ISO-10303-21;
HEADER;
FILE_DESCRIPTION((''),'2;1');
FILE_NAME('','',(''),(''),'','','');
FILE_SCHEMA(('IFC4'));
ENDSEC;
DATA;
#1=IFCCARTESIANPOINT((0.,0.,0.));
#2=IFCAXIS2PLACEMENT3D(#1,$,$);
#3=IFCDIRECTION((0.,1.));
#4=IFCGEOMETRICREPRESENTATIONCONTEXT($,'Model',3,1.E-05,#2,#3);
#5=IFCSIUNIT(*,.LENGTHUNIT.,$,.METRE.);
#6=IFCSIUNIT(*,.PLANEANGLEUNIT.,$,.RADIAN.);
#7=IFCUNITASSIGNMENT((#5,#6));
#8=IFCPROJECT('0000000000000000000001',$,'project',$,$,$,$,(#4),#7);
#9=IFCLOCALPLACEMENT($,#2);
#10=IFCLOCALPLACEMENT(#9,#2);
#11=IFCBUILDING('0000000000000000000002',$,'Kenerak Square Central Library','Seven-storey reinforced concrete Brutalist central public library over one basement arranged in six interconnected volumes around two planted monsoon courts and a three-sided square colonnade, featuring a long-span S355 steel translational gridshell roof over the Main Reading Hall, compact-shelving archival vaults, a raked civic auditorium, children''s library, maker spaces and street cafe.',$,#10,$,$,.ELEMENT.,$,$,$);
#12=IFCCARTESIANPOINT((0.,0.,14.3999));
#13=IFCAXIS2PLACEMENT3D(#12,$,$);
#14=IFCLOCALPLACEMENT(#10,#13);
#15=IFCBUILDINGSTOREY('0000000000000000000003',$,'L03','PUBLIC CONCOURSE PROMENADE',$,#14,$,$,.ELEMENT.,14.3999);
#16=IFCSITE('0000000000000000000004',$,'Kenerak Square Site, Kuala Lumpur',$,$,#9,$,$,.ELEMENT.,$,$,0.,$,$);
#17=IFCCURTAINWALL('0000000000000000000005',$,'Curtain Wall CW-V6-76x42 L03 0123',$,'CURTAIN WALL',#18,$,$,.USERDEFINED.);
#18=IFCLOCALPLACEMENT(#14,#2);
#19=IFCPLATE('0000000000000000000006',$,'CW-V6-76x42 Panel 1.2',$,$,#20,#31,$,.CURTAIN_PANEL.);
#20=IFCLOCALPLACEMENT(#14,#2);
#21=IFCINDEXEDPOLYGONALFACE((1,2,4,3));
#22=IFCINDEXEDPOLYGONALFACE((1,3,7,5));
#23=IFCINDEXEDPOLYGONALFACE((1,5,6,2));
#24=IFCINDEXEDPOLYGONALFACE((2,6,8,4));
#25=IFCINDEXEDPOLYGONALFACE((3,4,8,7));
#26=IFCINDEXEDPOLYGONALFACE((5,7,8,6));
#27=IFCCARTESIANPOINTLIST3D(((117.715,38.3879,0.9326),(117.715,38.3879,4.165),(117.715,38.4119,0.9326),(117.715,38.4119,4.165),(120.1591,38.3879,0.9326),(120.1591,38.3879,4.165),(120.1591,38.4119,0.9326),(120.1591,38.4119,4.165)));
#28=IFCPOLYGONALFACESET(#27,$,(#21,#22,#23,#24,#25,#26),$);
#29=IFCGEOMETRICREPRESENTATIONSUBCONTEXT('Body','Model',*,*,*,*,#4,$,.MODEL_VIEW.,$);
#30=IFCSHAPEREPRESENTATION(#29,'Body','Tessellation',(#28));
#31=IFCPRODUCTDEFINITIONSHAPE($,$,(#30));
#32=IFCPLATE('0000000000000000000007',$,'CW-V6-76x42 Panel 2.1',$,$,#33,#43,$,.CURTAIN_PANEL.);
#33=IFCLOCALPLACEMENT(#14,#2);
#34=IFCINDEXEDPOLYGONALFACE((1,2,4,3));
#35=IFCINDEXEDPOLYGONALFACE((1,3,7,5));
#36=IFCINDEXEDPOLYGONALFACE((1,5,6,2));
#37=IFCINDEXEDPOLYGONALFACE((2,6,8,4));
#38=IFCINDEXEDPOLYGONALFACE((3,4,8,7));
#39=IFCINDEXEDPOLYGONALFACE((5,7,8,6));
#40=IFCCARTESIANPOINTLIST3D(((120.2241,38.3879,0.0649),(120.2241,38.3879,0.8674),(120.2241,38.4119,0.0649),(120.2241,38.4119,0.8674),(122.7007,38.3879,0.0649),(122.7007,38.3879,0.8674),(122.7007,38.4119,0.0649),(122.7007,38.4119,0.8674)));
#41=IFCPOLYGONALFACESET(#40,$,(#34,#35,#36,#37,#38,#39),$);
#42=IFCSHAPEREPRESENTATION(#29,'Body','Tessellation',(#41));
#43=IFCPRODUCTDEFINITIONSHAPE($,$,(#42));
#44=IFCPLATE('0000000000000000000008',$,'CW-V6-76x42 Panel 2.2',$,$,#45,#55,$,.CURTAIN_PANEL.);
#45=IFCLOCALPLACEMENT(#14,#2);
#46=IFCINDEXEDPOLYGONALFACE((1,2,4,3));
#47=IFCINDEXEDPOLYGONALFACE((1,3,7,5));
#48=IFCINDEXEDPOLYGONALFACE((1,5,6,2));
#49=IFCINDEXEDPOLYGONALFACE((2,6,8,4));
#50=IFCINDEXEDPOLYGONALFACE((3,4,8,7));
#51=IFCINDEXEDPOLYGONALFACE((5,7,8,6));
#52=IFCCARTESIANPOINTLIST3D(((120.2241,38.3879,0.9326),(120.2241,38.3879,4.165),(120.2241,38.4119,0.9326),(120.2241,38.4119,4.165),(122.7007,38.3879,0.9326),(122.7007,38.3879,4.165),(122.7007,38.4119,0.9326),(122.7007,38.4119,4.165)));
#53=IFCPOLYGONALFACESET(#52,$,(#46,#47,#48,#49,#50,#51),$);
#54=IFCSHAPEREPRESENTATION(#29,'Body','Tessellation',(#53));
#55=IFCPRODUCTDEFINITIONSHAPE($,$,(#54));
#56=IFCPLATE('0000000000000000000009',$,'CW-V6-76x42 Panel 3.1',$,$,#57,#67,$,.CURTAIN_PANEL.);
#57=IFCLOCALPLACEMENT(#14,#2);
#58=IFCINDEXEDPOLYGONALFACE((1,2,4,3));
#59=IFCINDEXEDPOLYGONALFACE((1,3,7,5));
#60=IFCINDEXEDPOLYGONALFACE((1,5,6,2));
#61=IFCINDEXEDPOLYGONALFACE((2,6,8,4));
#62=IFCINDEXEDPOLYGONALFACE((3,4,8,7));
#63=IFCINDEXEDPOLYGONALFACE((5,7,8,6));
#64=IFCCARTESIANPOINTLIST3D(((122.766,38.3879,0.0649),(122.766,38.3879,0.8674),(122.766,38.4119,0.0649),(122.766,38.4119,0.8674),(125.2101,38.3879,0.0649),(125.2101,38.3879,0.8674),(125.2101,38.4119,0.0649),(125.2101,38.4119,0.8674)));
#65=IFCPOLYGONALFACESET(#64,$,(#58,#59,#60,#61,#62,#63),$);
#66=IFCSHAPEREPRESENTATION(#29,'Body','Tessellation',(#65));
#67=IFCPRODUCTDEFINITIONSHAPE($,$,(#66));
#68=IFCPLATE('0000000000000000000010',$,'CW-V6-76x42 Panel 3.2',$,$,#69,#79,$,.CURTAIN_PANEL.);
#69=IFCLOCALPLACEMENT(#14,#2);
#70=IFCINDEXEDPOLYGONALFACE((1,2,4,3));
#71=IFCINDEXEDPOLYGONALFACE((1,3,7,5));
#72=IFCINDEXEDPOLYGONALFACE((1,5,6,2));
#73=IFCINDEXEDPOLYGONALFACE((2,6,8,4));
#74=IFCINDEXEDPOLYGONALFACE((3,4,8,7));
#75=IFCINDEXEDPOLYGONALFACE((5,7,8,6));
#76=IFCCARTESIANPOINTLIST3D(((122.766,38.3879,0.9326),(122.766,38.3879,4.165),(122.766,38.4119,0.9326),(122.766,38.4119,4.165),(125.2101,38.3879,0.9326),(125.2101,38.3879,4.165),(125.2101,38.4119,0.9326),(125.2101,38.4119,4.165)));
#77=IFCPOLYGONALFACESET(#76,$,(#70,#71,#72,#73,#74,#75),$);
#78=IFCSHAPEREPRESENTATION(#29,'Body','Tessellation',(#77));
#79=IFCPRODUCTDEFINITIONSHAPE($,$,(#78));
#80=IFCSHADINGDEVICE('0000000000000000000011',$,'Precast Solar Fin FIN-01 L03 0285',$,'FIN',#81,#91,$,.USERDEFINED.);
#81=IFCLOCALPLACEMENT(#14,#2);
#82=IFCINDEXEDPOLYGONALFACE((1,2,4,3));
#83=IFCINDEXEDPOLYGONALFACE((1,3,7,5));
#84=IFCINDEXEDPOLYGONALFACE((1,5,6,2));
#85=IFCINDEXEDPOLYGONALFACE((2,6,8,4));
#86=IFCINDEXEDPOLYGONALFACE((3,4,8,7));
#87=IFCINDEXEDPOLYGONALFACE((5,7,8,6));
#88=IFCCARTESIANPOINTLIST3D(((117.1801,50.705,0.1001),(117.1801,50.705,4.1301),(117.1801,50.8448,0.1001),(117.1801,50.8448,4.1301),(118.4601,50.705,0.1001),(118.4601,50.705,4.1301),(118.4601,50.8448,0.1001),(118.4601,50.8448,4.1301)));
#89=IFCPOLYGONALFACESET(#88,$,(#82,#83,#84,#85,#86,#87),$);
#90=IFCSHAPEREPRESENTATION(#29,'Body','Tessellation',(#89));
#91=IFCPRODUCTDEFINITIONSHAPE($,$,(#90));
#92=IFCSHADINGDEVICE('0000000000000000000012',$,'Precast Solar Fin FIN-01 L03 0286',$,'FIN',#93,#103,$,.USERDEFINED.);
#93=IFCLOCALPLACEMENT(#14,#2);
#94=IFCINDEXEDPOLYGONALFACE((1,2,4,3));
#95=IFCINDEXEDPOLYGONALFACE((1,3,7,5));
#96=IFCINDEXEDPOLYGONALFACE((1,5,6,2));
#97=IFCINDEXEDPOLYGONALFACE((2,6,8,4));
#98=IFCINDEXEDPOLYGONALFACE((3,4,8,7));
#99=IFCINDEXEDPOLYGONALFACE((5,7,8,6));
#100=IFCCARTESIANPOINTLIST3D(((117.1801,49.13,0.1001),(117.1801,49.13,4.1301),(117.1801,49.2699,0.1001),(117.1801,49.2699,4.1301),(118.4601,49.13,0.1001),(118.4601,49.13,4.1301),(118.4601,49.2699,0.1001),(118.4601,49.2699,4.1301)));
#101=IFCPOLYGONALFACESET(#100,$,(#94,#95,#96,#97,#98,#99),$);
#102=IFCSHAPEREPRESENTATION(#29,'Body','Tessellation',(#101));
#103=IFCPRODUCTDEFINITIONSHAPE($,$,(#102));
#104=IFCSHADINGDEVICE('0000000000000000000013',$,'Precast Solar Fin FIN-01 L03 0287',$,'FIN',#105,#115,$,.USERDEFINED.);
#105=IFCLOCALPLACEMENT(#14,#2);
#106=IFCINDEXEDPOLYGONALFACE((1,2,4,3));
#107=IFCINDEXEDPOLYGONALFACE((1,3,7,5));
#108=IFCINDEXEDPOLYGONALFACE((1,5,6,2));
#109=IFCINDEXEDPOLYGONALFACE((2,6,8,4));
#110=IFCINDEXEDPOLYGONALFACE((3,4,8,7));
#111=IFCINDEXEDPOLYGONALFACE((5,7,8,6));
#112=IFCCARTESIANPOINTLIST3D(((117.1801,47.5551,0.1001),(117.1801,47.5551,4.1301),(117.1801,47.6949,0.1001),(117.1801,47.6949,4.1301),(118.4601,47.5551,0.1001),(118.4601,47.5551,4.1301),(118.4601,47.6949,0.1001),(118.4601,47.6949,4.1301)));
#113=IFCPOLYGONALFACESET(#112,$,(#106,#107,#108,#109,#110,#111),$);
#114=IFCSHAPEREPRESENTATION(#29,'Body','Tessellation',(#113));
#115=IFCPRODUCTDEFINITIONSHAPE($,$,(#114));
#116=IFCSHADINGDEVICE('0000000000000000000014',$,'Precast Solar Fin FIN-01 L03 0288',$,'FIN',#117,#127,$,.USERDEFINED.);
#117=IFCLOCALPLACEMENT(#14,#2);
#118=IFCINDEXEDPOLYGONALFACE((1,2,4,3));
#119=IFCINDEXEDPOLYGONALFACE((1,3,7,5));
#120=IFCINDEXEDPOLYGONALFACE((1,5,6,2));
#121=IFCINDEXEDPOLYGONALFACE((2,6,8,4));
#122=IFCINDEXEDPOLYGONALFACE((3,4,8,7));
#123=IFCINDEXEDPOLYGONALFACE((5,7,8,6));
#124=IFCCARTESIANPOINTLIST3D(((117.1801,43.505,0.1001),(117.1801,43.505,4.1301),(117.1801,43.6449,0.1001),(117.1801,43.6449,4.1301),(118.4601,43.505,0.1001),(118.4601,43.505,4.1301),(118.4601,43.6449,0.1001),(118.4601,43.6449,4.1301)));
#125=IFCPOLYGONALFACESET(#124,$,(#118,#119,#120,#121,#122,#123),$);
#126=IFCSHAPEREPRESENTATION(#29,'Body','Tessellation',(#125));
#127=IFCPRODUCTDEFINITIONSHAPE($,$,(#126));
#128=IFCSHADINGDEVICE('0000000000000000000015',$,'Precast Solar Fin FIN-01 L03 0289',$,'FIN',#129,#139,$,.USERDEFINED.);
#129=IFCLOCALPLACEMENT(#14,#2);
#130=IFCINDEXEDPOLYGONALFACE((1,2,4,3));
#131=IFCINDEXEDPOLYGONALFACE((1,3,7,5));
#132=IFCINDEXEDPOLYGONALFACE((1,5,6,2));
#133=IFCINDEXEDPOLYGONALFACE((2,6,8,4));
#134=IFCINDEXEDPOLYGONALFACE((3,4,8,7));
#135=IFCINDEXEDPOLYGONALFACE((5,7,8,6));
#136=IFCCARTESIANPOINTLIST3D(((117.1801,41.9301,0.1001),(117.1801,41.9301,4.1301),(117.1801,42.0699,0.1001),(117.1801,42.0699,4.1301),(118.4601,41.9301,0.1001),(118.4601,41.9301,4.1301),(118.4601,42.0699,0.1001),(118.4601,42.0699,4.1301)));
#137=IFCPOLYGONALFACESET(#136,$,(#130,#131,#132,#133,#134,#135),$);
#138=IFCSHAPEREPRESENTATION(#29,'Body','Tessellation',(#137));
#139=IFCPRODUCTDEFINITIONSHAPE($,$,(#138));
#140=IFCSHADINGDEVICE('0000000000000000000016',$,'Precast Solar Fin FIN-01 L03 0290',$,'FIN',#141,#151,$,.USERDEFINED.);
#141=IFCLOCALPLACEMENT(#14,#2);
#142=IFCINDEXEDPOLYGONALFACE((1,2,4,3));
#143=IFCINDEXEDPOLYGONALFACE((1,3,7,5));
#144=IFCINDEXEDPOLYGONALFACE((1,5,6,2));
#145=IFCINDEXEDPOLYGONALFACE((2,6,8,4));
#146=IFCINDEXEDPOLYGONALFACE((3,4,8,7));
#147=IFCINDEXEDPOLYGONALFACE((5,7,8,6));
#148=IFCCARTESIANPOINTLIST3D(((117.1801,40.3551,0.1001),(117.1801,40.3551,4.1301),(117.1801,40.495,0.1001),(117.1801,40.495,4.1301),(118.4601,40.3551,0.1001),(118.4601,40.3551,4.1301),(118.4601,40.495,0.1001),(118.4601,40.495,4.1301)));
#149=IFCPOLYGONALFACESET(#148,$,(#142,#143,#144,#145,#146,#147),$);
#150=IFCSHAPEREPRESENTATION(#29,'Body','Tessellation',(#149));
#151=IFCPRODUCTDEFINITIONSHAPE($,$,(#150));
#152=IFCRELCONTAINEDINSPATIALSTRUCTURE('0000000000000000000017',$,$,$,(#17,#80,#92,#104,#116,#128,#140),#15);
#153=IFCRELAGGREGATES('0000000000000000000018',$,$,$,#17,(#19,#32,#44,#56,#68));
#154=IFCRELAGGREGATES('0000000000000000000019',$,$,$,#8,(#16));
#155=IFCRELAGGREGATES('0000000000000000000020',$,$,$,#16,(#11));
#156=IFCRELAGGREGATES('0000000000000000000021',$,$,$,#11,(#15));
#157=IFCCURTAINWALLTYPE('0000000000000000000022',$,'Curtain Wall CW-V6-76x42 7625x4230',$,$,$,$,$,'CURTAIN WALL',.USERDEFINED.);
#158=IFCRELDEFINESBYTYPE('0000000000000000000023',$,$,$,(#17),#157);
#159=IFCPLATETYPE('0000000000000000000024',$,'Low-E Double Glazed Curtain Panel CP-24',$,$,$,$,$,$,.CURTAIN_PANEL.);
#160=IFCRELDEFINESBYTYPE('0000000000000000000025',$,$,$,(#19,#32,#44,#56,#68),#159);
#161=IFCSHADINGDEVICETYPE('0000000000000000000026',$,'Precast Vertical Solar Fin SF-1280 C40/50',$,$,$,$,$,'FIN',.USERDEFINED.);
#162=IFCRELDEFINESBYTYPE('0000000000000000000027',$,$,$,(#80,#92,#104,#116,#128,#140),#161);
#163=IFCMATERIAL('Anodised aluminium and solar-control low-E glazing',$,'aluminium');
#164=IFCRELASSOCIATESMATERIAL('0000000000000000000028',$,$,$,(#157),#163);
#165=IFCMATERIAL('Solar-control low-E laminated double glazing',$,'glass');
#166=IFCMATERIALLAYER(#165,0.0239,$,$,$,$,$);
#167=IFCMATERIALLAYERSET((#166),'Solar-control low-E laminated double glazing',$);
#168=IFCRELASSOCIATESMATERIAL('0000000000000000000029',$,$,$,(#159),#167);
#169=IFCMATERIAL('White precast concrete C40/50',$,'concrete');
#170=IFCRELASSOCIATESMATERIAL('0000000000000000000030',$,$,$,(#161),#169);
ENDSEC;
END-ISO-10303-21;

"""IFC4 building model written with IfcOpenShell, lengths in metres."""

from ifc_helpers import new_model, si_unit, direction, frame, origin, origin_2d, place, context, subcontext, project, spatial, rectangle, extrude, material, layer, layer_set, type_object, element, aggregate, save


model = new_model("IFC4")

# Units and contexts
model_context = context("Model", 3, precision=1e-05, world=origin(), true_north=direction((0.0, 1.0)))
body_context = subcontext(model_context, "Body", "Model", "MODEL_VIEW")
ifc_project = project(units=[si_unit("LENGTHUNIT", "METRE"), si_unit("PLANEANGLEUNIT", "RADIAN")], contexts=[model_context])

# Site, building, storey
site_placement = place(None, origin())
site = spatial("IfcSite", under=ifc_project, at=site_placement, Name="Kenerak Square Site, Kuala Lumpur", CompositionType="ELEMENT", RefElevation=0.0)
building_placement = place(site_placement, origin())
building = spatial("IfcBuilding", under=site, at=building_placement, Name="Kenerak Square Central Library", Description="Seven-storey reinforced concrete Brutalist central public library over one basement arranged in six interconnected volumes around two planted monsoon courts and a three-sided square colonnade, featuring a long-span S355 steel translational gridshell roof over the Main Reading Hall, compact-shelving archival vaults, a raked civic auditorium, children's library, maker spaces and street cafe.", CompositionType="ELEMENT")
storey_placement = place(building_placement, frame((0.0, 0.0, 14.3999)))
storey = spatial("IfcBuildingStorey", under=building, at=storey_placement, Name="L03", Description="PUBLIC CONCOURSE PROMENADE", CompositionType="ELEMENT", Elevation=14.3999)

# Curtain wall, plates
ifc_material_1 = material(Name="Anodised aluminium and solar-control low-E glazing", Category="aluminium")
curtain_wall_type = type_object("IfcCurtainWallType", Name="Curtain Wall CW-V6-76x42 7625x4230", ElementType="CURTAIN WALL", PredefinedType="USERDEFINED", material=ifc_material_1)
curtain_wall_placement = place(storey_placement, origin())
curtain_wall = element("IfcCurtainWall", 1, at=curtain_wall_placement, inside=storey, type_object=curtain_wall_type, Name="Curtain Wall CW-V6-76x42 L03 0123", ObjectType="CURTAIN WALL", PredefinedType="USERDEFINED")
ifc_material_2 = material(Name="Solar-control low-E laminated double glazing", Category="glass")
ifc_layer = layer(ifc_material_2, 0.0239)
ifc_layer_set = layer_set([ifc_layer], Name="Solar-control low-E laminated double glazing")
plate_type = type_object("IfcPlateType", Name="Low-E Double Glazed Curtain Panel CP-24", PredefinedType="CURTAIN_PANEL", material=ifc_layer_set)
plate_1_placement = place(storey_placement, frame((118.937, 38.3999, 0.9326), z_axis=(0.0, 0.0, 1.0), x_axis=(1.0, 0.0, 0.0)))
plate_1 = element("IfcPlate", 2, at=plate_1_placement, type_object=plate_type, Name="CW-V6-76x42 Panel 1.2", PredefinedType="CURTAIN_PANEL", context=body_context, shape_type="SweptSolid", body=[
    extrude(rectangle(XDim=2.4441, YDim=0.0239, at=origin_2d()), origin(), (0.0, 0.0, 1.0), 3.2324),
])
plate_2_placement = place(storey_placement, frame((121.4624, 38.3999, 0.0649), z_axis=(0.0, 0.0, 1.0), x_axis=(1.0, 0.0, 0.0)))
plate_2 = element("IfcPlate", 3, at=plate_2_placement, type_object=plate_type, Name="CW-V6-76x42 Panel 2.1", PredefinedType="CURTAIN_PANEL", context=body_context, shape_type="SweptSolid", body=[
    extrude(rectangle(XDim=2.4766, YDim=0.0239, at=origin_2d()), origin(), (0.0, 0.0, 1.0), 0.8025),
])
plate_3_placement = place(storey_placement, frame((121.4624, 38.3999, 0.9326), z_axis=(0.0, 0.0, 1.0), x_axis=(1.0, 0.0, 0.0)))
plate_3 = element("IfcPlate", 4, at=plate_3_placement, type_object=plate_type, Name="CW-V6-76x42 Panel 2.2", PredefinedType="CURTAIN_PANEL", context=body_context, shape_type="SweptSolid", body=[
    extrude(rectangle(XDim=2.4766, YDim=0.0239, at=origin_2d()), origin(), (0.0, 0.0, 1.0), 3.2324),
])
plate_4_placement = place(storey_placement, frame((123.988, 38.3999, 0.0649), z_axis=(0.0, 0.0, 1.0), x_axis=(1.0, 0.0, 0.0)))
plate_4 = element("IfcPlate", 5, at=plate_4_placement, type_object=plate_type, Name="CW-V6-76x42 Panel 3.1", PredefinedType="CURTAIN_PANEL", context=body_context, shape_type="SweptSolid", body=[
    extrude(rectangle(XDim=2.4441, YDim=0.0239, at=origin_2d()), origin(), (0.0, 0.0, 1.0), 0.8025),
])
plate_5_placement = place(storey_placement, frame((123.988, 38.3999, 0.9326), z_axis=(0.0, 0.0, 1.0), x_axis=(1.0, 0.0, 0.0)))
plate_5 = element("IfcPlate", 6, at=plate_5_placement, type_object=plate_type, Name="CW-V6-76x42 Panel 3.2", PredefinedType="CURTAIN_PANEL", context=body_context, shape_type="SweptSolid", body=[
    extrude(rectangle(XDim=2.4441, YDim=0.0239, at=origin_2d()), origin(), (0.0, 0.0, 1.0), 3.2324),
])
aggregate(curtain_wall, [plate_1, plate_2, plate_3, plate_4, plate_5])

# Shading devices
ifc_material_3 = material(Name="White precast concrete C40/50", Category="concrete")
shading_device_type = type_object("IfcShadingDeviceType", Name="Precast Vertical Solar Fin SF-1280 C40/50", ElementType="FIN", PredefinedType="USERDEFINED", material=ifc_material_3)
for number, where, z_axis, x_axis, name in (
    (7, (117.8201, 50.7749, 0.1001), (0.0, 0.0, 1.0), (0.0, -1.0, 0.0), "Precast Solar Fin FIN-01 L03 0285"),
    (8, (117.8201, 49.2, 0.1001), (0.0, 0.0, 1.0), (0.0, -1.0, 0.0), "Precast Solar Fin FIN-01 L03 0286"),
    (9, (117.8201, 47.625, 0.1001), (0.0, 0.0, 1.0), (0.0, -1.0, 0.0), "Precast Solar Fin FIN-01 L03 0287"),
    (10, (117.8201, 43.575, 0.1001), (0.0, 0.0, 1.0), (0.0, -1.0, 0.0), "Precast Solar Fin FIN-01 L03 0288"),
    (11, (117.8201, 42.0, 0.1001), (0.0, 0.0, 1.0), (0.0, -1.0, 0.0), "Precast Solar Fin FIN-01 L03 0289"),
    (12, (117.8201, 40.425, 0.1001), (0.0, 0.0, 1.0), (0.0, -1.0, 0.0), "Precast Solar Fin FIN-01 L03 0290"),
):
    element("IfcShadingDevice", number, at=place(storey_placement, frame(where, z_axis=z_axis, x_axis=x_axis)), inside=storey, type_object=shading_device_type, Name=name, ObjectType="FIN", PredefinedType="USERDEFINED", context=body_context, shape_type="SweptSolid", body=[
        extrude(rectangle(XDim=0.1399, YDim=1.28, at=origin_2d()), origin(), (0.0, 0.0, 1.0), 4.03),
    ])

save(model, "model.ifc")
